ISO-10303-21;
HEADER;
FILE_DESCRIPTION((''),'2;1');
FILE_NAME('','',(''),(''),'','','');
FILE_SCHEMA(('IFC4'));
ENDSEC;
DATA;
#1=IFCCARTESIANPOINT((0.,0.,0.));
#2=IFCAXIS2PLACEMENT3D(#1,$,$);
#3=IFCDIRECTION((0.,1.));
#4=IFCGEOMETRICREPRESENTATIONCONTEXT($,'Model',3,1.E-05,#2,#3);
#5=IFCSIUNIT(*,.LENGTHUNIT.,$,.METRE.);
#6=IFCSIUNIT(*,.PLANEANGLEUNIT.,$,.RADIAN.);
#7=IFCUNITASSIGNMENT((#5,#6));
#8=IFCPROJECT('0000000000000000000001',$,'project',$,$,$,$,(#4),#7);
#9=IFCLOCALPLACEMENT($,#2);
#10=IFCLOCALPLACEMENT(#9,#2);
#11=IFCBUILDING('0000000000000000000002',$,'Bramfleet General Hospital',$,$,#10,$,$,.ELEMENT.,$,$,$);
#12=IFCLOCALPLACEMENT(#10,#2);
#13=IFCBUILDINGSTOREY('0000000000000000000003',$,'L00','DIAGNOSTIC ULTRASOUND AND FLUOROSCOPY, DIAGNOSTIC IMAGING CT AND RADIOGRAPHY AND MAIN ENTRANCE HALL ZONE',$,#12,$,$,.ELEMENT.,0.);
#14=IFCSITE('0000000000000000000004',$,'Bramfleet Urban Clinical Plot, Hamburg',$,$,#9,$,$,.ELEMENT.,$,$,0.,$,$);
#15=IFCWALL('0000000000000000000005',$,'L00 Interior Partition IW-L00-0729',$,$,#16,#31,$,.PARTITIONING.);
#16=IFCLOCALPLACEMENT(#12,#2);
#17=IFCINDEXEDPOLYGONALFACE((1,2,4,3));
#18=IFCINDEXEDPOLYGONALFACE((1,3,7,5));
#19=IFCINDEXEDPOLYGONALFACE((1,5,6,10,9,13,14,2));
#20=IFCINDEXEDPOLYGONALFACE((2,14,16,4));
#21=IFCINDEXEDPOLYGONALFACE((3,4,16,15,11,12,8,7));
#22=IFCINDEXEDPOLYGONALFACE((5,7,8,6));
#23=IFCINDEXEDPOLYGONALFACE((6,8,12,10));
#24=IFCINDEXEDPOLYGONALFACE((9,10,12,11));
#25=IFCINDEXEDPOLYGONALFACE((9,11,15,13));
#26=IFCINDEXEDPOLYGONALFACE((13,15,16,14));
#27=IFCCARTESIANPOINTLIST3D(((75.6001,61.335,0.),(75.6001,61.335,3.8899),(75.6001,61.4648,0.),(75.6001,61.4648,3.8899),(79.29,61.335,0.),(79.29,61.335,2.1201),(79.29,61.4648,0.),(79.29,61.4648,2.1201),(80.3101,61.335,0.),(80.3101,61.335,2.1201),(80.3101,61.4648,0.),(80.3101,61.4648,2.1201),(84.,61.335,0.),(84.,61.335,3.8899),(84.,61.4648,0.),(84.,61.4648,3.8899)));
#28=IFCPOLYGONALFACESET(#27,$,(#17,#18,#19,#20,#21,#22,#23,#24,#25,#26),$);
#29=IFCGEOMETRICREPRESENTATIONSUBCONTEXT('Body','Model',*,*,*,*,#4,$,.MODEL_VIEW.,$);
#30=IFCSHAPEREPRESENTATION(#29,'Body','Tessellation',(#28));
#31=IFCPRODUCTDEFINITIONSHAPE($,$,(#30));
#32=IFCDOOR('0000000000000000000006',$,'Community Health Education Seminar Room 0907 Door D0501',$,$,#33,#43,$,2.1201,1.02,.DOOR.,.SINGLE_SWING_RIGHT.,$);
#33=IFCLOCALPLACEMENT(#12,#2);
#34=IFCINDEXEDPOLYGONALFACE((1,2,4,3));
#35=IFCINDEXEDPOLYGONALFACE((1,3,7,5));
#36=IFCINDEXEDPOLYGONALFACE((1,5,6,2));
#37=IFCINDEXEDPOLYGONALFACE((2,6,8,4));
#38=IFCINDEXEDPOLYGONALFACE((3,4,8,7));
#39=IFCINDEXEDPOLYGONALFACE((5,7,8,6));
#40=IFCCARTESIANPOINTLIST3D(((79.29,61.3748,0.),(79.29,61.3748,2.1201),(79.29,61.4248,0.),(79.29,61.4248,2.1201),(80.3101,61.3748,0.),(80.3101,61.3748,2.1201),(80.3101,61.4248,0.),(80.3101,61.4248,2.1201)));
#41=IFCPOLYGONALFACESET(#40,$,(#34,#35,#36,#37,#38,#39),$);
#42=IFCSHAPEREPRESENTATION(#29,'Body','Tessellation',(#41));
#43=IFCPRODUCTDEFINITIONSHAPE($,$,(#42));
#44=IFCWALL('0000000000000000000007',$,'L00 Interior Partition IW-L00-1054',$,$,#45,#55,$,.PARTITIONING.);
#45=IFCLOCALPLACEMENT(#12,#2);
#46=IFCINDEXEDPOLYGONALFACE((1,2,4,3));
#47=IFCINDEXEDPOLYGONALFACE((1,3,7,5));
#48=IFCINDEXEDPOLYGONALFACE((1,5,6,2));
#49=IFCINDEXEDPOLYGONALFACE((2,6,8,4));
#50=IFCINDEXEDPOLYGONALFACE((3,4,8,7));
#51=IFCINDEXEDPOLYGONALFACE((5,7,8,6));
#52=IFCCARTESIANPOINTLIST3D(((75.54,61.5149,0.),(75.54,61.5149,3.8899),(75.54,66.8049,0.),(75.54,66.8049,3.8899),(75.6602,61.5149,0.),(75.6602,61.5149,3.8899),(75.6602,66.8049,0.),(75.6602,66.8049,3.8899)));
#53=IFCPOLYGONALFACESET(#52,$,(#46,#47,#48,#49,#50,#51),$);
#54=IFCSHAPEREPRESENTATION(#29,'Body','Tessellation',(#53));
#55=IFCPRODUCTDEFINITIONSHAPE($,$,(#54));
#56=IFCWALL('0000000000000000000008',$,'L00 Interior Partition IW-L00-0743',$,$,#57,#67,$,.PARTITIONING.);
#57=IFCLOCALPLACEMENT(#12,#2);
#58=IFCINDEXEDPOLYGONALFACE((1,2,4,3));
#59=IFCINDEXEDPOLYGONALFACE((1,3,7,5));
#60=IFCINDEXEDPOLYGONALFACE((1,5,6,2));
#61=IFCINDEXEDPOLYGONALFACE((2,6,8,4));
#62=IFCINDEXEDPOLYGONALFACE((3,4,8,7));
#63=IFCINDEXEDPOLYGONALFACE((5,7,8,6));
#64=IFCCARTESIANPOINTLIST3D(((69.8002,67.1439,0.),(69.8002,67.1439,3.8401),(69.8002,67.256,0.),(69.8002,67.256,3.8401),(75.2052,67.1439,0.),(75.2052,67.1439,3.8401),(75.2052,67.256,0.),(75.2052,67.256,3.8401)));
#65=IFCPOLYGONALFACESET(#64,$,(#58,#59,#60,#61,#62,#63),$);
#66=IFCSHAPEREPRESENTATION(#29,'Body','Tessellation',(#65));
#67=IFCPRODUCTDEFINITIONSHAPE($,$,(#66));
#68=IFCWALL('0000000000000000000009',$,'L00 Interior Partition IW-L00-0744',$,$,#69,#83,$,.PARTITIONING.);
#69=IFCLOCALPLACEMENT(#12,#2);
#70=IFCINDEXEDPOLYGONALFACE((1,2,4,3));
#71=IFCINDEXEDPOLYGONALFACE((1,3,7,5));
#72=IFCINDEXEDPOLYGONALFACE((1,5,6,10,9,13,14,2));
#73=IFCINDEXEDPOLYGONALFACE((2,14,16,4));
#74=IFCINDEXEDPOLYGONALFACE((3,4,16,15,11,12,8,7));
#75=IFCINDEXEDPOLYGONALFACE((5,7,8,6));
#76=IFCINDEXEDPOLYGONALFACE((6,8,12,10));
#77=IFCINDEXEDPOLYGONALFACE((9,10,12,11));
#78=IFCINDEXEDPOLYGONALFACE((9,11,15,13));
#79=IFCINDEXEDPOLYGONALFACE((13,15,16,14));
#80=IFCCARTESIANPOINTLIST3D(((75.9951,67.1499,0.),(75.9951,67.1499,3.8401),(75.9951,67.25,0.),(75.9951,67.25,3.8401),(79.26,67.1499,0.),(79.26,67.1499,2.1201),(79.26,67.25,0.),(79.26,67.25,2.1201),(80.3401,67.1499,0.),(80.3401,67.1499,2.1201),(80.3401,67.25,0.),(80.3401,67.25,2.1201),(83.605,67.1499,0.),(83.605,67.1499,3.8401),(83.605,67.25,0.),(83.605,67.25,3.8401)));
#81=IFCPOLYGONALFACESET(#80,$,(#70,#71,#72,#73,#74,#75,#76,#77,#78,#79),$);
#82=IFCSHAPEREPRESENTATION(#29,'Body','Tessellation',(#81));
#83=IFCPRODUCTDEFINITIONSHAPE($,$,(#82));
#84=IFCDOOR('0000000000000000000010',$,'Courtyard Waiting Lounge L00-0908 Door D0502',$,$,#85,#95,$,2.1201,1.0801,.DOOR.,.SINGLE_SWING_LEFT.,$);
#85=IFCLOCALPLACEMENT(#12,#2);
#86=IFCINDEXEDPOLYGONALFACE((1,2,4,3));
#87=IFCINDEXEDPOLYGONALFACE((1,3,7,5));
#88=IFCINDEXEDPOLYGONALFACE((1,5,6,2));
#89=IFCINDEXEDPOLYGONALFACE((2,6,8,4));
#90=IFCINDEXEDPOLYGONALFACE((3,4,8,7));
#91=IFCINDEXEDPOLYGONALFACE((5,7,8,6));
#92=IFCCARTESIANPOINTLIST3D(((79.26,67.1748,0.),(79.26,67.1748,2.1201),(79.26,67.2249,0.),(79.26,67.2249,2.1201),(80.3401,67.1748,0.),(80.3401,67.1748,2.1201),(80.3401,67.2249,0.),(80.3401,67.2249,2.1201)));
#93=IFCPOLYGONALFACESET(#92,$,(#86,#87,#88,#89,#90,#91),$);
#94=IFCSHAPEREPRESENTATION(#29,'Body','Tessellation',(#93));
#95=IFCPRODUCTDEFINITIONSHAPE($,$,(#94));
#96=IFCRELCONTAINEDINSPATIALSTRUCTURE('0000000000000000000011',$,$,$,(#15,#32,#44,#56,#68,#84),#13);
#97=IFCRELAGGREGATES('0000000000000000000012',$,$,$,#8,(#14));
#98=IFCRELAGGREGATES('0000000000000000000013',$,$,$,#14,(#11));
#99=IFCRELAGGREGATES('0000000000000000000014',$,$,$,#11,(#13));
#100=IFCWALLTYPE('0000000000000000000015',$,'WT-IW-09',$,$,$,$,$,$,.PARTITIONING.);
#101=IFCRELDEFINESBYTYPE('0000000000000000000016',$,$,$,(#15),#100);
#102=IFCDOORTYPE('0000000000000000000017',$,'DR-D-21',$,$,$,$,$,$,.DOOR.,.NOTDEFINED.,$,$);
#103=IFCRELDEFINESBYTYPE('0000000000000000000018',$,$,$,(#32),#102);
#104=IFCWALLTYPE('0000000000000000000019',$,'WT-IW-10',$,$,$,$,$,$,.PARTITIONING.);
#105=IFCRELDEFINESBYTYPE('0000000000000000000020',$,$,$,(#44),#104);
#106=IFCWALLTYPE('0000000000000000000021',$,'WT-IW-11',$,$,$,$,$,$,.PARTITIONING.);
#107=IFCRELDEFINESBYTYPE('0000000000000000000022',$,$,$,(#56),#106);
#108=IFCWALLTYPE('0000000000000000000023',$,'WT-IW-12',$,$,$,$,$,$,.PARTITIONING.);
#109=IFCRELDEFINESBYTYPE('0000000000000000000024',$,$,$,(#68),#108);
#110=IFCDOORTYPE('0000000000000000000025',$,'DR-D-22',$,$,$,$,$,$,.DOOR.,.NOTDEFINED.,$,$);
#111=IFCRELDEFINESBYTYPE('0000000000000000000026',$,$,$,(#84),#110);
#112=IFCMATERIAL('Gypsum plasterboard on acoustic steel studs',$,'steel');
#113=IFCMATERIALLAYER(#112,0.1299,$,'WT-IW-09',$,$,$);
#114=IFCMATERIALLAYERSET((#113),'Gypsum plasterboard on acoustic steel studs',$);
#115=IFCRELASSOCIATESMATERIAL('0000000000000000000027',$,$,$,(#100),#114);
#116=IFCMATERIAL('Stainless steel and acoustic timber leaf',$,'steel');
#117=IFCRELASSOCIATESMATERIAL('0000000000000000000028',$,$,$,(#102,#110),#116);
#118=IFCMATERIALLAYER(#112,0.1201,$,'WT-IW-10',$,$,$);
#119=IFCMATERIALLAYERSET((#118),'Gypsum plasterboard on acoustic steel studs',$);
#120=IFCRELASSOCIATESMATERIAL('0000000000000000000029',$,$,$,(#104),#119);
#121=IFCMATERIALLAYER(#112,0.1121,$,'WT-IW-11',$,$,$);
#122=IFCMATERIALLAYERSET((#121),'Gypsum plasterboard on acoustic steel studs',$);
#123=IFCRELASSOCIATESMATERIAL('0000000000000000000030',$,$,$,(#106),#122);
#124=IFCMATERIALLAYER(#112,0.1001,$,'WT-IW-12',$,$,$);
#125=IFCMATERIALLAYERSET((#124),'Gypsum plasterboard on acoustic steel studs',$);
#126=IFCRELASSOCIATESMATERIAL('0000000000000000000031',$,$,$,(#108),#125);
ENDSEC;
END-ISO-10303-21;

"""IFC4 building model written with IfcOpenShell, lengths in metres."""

from ifc_helpers import new_model, si_unit, direction, frame, frame_2d, origin, place, context, subcontext, project, spatial, rectangle, extrude, material, layer, layer_set, type_object, element, fill, save


model = new_model("IFC4")

# Units and contexts
model_context = context("Model", 3, precision=1e-05, world=origin(), true_north=direction((0.0, 1.0)))
body_context = subcontext(model_context, "Body", "Model", "MODEL_VIEW")
ifc_project = project(units=[si_unit("LENGTHUNIT", "METRE"), si_unit("PLANEANGLEUNIT", "RADIAN")], contexts=[model_context])

# Site, building, storey
site_placement = place(None, origin())
site = spatial("IfcSite", under=ifc_project, at=site_placement, Name="Bramfleet Urban Clinical Plot, Hamburg", CompositionType="ELEMENT", RefElevation=0.0)
building_placement = place(site_placement, origin())
building = spatial("IfcBuilding", under=site, at=building_placement, Name="Bramfleet General Hospital", CompositionType="ELEMENT")
storey_placement = place(building_placement, origin())
storey = spatial("IfcBuildingStorey", under=building, at=storey_placement, Name="L00", Description="DIAGNOSTIC ULTRASOUND AND FLUOROSCOPY, DIAGNOSTIC IMAGING CT AND RADIOGRAPHY AND MAIN ENTRANCE HALL ZONE", CompositionType="ELEMENT", Elevation=0.0)

# Shared definitions
ifc_material_1 = material(Name="Stainless steel and acoustic timber leaf", Category="steel")

# Wall, opening, door
ifc_material_2 = material(Name="Gypsum plasterboard on acoustic steel studs", Category="steel")
ifc_layer_1 = layer(ifc_material_2, 0.1299, Name="WT-IW-09")
ifc_layer_set_1 = layer_set([ifc_layer_1], Name="Gypsum plasterboard on acoustic steel studs")
wall_type_1 = type_object("IfcWallType", Name="WT-IW-09", PredefinedType="PARTITIONING", material=ifc_layer_set_1)
wall_1_placement = place(storey_placement, frame((75.6001, 61.3999, 0.0), z_axis=(0.0, 0.0, 1.0), x_axis=(1.0, 0.0, 0.0)))
wall_1 = element("IfcWall", 1, at=wall_1_placement, inside=storey, type_object=wall_type_1, Name="L00 Interior Partition IW-L00-0729", PredefinedType="PARTITIONING", context=body_context, shape_type="SweptSolid", body=[
    extrude(rectangle(XDim=8.3999, YDim=0.1299, at=frame_2d((4.2, 0.0))), origin(), (0.0, 0.0, 1.0), 3.8899),
])
opening_1_placement = place(wall_1_placement, frame((3.6899, 0.0, 0.0)))
opening_1 = element("IfcOpeningElement", 2, at=opening_1_placement, cuts=wall_1, PredefinedType="OPENING", context=body_context, shape_type="SweptSolid", body=[
    extrude(rectangle(XDim=1.02, YDim=2.1201, at=frame_2d((0.51, 1.0601))), frame((0.0, 0.075, 0.0), z_axis=(0.0, -1.0, 0.0), x_axis=(1.0, 0.0, 0.0)), (0.0, 0.0, 1.0), 0.1499),
])
door_type_1 = type_object("IfcDoorType", Name="DR-D-21", OperationType="NOTDEFINED", PredefinedType="DOOR", material=ifc_material_1)
door_1_placement = place(opening_1_placement, origin())
door_1 = element("IfcDoor", 3, at=door_1_placement, inside=storey, type_object=door_type_1, Name="Community Health Education Seminar Room 0907 Door D0501", OperationType="SINGLE_SWING_RIGHT", OverallHeight=2.1201, OverallWidth=1.02, PredefinedType="DOOR", context=body_context, shape_type="SweptSolid", body=[
    extrude(rectangle(XDim=1.02, YDim=2.1201, at=frame_2d((0.51, 1.0601))), frame((0.0, 0.0249, 0.0), z_axis=(0.0, -1.0, 0.0), x_axis=(1.0, 0.0, 0.0)), (0.0, 0.0, 1.0), 0.05),
])
fill(opening_1, door_1)

# Walls
ifc_layer_2 = layer(ifc_material_2, 0.1201, Name="WT-IW-10")
ifc_layer_set_2 = layer_set([ifc_layer_2], Name="Gypsum plasterboard on acoustic steel studs")
wall_type_2 = type_object("IfcWallType", Name="WT-IW-10", PredefinedType="PARTITIONING", material=ifc_layer_set_2)
wall_2_placement = place(storey_placement, frame((75.6001, 61.5149, 0.0), z_axis=(0.0, 0.0, 1.0), x_axis=(0.0, 1.0, 0.0)))
element("IfcWall", 4, at=wall_2_placement, inside=storey, type_object=wall_type_2, Name="L00 Interior Partition IW-L00-1054", PredefinedType="PARTITIONING", context=body_context, shape_type="SweptSolid", body=[
    extrude(rectangle(XDim=5.29, YDim=0.1201, at=frame_2d((2.645, 0.0))), origin(), (0.0, 0.0, 1.0), 3.8899),
])
ifc_layer_3 = layer(ifc_material_2, 0.1121, Name="WT-IW-11")
ifc_layer_set_3 = layer_set([ifc_layer_3], Name="Gypsum plasterboard on acoustic steel studs")
wall_type_3 = type_object("IfcWallType", Name="WT-IW-11", PredefinedType="PARTITIONING", material=ifc_layer_set_3)
wall_3_placement = place(storey_placement, frame((69.8, 67.2, 0.0), z_axis=(0.0, 0.0, 1.0), x_axis=(1.0, 0.0, 0.0)))
element("IfcWall", 5, at=wall_3_placement, inside=storey, type_object=wall_type_3, Name="L00 Interior Partition IW-L00-0743", PredefinedType="PARTITIONING", context=body_context, shape_type="SweptSolid", body=[
    extrude(rectangle(XDim=5.405, YDim=0.1121, at=frame_2d((2.7026, 0.0))), origin(), (0.0, 0.0, 1.0), 3.8401),
])

# Wall, opening, door
ifc_layer_4 = layer(ifc_material_2, 0.1001, Name="WT-IW-12")
ifc_layer_set_4 = layer_set([ifc_layer_4], Name="Gypsum plasterboard on acoustic steel studs")
wall_type_4 = type_object("IfcWallType", Name="WT-IW-12", PredefinedType="PARTITIONING", material=ifc_layer_set_4)
wall_4_placement = place(storey_placement, frame((75.9951, 67.2, 0.0), z_axis=(0.0, 0.0, 1.0), x_axis=(1.0, 0.0, 0.0)))
wall_4 = element("IfcWall", 6, at=wall_4_placement, inside=storey, type_object=wall_type_4, Name="L00 Interior Partition IW-L00-0744", PredefinedType="PARTITIONING", context=body_context, shape_type="SweptSolid", body=[
    extrude(rectangle(XDim=7.6099, YDim=0.1001, at=frame_2d((3.8049, 0.0))), origin(), (0.0, 0.0, 1.0), 3.8401),
])
opening_2_placement = place(wall_4_placement, frame((3.2649, 0.0, 0.0)))
opening_2 = element("IfcOpeningElement", 7, at=opening_2_placement, cuts=wall_4, PredefinedType="OPENING", context=body_context, shape_type="SweptSolid", body=[
    extrude(rectangle(XDim=1.0801, YDim=2.1201, at=frame_2d((0.54, 1.0601))), frame((0.0, 0.0601, 0.0), z_axis=(0.0, -1.0, 0.0), x_axis=(1.0, 0.0, 0.0)), (0.0, 0.0, 1.0), 0.1201),
])
door_type_2 = type_object("IfcDoorType", Name="DR-D-22", OperationType="NOTDEFINED", PredefinedType="DOOR", material=ifc_material_1)
door_2_placement = place(opening_2_placement, origin())
door_2 = element("IfcDoor", 8, at=door_2_placement, inside=storey, type_object=door_type_2, Name="Courtyard Waiting Lounge L00-0908 Door D0502", OperationType="SINGLE_SWING_LEFT", OverallHeight=2.1201, OverallWidth=1.0801, PredefinedType="DOOR", context=body_context, shape_type="SweptSolid", body=[
    extrude(rectangle(XDim=1.0801, YDim=2.1201, at=frame_2d((0.54, 1.0601))), frame((0.0, 0.0249, 0.0), z_axis=(0.0, -1.0, 0.0), x_axis=(1.0, 0.0, 0.0)), (0.0, 0.0, 1.0), 0.05),
])
fill(opening_2, door_2)

save(model, "model.ifc")
